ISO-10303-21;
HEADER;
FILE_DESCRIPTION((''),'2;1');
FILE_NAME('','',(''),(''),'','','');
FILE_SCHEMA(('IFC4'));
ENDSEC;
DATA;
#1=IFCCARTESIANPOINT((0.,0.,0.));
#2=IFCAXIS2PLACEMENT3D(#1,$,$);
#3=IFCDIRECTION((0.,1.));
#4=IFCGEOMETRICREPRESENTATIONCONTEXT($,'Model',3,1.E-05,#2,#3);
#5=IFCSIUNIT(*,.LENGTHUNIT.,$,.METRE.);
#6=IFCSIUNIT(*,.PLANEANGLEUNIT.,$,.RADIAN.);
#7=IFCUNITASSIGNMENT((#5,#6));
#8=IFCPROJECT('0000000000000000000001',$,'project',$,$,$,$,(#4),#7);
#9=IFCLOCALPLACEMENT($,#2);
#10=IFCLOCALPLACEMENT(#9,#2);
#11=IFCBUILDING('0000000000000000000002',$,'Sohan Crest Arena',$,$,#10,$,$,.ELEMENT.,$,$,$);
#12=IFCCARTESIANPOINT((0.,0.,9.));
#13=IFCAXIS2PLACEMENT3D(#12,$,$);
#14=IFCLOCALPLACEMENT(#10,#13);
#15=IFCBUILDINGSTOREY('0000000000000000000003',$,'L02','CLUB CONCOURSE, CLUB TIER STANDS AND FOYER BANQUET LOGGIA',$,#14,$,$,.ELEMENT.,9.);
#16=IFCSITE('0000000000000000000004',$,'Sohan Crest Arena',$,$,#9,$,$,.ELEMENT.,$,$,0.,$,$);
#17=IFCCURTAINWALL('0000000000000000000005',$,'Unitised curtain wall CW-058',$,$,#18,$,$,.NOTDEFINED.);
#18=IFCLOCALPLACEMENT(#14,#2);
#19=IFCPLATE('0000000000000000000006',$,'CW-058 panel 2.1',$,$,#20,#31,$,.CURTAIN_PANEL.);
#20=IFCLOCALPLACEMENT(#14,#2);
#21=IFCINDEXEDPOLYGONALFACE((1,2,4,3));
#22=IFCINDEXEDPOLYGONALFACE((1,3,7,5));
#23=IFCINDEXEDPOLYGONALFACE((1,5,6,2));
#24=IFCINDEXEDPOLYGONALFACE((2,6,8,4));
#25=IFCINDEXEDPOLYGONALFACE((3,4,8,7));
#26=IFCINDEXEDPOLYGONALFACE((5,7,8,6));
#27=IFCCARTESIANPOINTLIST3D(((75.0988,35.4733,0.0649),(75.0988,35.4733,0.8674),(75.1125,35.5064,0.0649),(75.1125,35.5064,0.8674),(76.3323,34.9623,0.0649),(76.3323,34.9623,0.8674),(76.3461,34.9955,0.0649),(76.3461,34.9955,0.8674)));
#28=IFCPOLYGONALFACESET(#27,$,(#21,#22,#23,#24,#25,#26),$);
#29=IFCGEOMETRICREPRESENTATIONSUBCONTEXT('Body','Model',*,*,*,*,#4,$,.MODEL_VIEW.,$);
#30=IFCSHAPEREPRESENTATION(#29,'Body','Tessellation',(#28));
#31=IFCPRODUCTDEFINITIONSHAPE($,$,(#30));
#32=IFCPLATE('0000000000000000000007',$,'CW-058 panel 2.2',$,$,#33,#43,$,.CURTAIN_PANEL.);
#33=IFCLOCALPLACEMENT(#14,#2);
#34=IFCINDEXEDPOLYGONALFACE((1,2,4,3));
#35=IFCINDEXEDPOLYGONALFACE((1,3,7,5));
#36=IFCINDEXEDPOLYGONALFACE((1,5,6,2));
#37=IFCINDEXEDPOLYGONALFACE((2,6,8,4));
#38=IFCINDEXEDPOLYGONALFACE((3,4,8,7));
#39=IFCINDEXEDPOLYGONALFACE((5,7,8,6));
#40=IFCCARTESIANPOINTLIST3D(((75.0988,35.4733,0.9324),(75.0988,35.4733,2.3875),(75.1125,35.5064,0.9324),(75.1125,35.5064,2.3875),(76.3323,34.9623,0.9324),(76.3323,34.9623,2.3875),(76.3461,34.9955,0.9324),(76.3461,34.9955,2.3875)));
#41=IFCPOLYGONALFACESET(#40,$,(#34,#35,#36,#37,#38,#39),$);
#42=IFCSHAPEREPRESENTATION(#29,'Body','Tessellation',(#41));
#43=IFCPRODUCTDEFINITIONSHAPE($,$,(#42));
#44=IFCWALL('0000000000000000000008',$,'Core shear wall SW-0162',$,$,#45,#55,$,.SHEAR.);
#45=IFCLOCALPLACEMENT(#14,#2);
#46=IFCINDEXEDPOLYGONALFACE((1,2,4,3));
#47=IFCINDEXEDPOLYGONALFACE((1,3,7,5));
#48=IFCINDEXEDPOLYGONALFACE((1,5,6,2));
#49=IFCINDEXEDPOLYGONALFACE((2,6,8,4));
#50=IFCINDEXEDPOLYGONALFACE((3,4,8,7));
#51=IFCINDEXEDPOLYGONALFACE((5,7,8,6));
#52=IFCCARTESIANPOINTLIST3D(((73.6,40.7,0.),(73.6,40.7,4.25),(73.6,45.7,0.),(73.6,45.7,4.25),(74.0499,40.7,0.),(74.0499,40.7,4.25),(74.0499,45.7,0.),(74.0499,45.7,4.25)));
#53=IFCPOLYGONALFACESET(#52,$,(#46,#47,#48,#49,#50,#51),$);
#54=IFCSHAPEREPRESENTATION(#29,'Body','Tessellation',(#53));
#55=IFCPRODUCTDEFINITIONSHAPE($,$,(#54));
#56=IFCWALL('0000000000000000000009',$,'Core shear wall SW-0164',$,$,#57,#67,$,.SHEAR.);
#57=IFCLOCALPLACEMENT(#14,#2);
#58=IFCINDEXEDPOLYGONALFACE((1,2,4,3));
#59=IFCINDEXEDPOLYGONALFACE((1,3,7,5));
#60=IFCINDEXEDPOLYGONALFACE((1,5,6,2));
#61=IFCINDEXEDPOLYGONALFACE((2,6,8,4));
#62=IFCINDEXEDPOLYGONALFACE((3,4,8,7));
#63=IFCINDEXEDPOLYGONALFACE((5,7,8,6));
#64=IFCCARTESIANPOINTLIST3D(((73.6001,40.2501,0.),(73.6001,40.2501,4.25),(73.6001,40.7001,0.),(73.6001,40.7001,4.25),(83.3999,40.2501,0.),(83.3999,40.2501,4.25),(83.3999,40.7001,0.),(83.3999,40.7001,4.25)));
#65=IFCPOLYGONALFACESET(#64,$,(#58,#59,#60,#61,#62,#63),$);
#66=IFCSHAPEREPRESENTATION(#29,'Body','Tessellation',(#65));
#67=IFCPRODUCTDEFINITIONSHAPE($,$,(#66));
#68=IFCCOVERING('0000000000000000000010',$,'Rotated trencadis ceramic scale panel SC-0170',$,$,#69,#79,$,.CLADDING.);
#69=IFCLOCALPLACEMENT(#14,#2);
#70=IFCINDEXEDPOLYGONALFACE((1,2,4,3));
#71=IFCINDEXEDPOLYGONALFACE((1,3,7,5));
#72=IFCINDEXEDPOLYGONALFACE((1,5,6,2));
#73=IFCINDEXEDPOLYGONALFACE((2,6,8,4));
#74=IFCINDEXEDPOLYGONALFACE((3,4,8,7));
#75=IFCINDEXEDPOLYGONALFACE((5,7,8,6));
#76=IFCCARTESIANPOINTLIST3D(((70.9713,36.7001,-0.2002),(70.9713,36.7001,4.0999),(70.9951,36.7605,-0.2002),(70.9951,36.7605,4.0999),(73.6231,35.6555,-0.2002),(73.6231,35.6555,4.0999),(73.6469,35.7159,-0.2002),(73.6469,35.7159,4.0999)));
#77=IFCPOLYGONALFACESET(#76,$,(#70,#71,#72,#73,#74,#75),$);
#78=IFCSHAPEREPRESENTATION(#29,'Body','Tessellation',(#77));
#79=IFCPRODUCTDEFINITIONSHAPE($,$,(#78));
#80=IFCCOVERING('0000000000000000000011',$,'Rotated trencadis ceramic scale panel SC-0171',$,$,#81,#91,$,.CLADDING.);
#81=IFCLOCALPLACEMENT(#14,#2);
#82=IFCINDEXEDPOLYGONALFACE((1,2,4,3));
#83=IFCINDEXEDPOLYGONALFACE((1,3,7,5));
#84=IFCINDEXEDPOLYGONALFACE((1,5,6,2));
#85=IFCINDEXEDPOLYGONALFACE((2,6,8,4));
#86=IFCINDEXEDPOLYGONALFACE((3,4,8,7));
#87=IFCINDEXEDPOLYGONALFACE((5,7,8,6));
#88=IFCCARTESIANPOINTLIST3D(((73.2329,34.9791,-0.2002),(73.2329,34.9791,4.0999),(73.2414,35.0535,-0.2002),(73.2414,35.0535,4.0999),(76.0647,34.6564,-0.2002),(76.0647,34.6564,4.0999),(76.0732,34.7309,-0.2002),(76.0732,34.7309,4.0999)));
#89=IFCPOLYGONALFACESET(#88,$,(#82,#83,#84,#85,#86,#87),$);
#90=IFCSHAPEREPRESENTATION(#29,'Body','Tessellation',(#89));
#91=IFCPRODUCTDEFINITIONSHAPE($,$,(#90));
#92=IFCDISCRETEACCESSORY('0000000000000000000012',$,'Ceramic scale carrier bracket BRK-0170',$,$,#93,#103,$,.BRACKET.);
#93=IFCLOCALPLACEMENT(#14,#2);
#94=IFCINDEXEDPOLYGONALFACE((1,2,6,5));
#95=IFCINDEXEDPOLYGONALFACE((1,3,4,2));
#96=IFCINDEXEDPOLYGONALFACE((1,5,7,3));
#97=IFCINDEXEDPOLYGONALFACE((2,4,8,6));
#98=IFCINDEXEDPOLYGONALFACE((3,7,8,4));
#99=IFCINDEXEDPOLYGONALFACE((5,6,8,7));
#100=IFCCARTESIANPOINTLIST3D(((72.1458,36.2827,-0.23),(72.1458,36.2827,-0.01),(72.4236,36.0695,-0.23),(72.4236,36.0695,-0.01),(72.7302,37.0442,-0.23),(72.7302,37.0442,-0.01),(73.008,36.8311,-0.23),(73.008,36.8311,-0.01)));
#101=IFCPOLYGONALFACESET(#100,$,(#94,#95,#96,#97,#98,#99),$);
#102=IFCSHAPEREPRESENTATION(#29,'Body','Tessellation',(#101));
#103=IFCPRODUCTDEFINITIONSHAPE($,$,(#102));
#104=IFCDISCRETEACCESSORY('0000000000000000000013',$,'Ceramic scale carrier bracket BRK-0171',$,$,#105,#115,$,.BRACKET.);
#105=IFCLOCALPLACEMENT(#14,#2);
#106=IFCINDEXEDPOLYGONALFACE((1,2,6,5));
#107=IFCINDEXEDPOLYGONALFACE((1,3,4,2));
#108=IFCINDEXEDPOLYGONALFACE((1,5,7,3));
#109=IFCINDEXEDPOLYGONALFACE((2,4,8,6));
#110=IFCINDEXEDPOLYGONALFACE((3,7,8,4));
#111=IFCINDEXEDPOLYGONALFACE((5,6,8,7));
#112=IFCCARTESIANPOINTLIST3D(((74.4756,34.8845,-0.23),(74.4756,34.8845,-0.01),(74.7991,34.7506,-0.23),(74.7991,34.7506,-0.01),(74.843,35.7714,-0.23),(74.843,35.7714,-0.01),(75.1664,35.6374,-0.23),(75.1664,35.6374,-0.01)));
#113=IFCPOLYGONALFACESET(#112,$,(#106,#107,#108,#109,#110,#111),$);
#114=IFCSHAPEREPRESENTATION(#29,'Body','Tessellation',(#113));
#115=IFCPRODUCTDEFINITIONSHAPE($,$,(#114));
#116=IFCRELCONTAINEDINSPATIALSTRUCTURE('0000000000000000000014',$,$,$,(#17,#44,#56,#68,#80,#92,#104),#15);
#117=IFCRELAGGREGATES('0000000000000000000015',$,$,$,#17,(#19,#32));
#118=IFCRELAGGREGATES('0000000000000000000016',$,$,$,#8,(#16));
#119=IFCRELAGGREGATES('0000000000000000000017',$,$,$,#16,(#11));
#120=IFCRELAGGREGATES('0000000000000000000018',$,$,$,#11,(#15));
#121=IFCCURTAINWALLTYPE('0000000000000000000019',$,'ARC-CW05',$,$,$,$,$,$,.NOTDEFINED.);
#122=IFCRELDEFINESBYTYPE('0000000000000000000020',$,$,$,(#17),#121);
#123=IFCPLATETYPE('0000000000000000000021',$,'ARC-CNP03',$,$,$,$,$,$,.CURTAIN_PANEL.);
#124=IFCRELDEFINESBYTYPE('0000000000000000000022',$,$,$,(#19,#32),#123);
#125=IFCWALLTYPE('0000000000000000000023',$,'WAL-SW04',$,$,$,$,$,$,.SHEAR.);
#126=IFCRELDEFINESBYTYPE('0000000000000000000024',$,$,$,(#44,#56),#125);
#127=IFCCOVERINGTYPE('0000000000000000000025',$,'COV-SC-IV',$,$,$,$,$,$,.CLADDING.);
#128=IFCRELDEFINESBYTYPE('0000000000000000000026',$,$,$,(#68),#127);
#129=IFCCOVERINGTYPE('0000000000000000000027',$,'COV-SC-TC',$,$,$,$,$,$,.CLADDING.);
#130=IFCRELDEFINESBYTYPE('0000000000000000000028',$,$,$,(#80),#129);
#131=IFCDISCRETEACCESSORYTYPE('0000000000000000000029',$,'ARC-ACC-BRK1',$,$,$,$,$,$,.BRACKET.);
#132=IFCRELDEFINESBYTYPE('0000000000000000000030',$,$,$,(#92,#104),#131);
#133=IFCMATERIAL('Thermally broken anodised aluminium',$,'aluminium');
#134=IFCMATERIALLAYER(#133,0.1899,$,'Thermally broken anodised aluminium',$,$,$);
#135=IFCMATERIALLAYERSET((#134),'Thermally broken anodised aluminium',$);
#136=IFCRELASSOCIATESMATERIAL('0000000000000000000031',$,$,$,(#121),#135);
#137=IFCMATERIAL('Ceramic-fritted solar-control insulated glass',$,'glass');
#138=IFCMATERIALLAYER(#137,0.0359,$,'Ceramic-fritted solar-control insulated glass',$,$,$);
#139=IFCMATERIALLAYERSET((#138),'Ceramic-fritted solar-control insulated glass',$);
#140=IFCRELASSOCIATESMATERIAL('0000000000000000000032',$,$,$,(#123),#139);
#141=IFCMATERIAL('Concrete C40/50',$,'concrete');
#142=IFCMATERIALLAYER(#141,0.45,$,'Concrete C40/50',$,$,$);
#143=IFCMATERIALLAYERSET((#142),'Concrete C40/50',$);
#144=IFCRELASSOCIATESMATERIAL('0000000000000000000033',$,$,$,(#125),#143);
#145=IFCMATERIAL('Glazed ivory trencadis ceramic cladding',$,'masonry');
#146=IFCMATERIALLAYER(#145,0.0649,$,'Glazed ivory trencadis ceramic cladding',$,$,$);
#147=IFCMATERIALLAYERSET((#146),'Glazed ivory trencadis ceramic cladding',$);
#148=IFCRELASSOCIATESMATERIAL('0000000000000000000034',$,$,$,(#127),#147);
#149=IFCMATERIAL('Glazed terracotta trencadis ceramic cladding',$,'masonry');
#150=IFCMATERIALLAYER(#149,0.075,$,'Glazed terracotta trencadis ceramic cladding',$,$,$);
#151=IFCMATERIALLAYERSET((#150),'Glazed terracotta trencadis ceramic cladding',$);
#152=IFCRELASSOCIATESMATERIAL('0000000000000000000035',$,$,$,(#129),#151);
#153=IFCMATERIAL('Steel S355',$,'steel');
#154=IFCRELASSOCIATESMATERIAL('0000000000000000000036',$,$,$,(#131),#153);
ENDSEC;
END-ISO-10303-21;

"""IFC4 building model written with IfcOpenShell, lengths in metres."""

from ifc_helpers import new_model, si_unit, direction, frame, frame_2d, origin, origin_2d, place, context, subcontext, project, spatial, rectangle, extrude, material, layer, layer_set, type_object, element, aggregate, save


model = new_model("IFC4")

# Units and contexts
model_context = context("Model", 3, precision=1e-05, world=origin(), true_north=direction((0.0, 1.0)))
body_context = subcontext(model_context, "Body", "Model", "MODEL_VIEW")
ifc_project = project(units=[si_unit("LENGTHUNIT", "METRE"), si_unit("PLANEANGLEUNIT", "RADIAN")], contexts=[model_context])

# Site, building, storey
site_placement = place(None, origin())
site = spatial("IfcSite", under=ifc_project, at=site_placement, Name="Sohan Crest Arena", CompositionType="ELEMENT", RefElevation=0.0)
building_placement = place(site_placement, origin())
building = spatial("IfcBuilding", under=site, at=building_placement, Name="Sohan Crest Arena", CompositionType="ELEMENT")
storey_placement = place(building_placement, frame((0.0, 0.0, 9.0)))
storey = spatial("IfcBuildingStorey", under=building, at=storey_placement, Name="L02", Description="CLUB CONCOURSE, CLUB TIER STANDS AND FOYER BANQUET LOGGIA", CompositionType="ELEMENT", Elevation=9.0)

# Shared definitions
ifc_material_1 = material(Name="Steel S355", Category="steel")

# Curtain wall
ifc_material_2 = material(Name="Thermally broken anodised aluminium", Category="aluminium")
ifc_layer_1 = layer(ifc_material_2, 0.1899, Name="Thermally broken anodised aluminium")
ifc_layer_set_1 = layer_set([ifc_layer_1], Name="Thermally broken anodised aluminium")
curtain_wall_type_1 = type_object("IfcCurtainWallType", Name="ARC-CW05", PredefinedType="NOTDEFINED", material=ifc_layer_set_1)
curtain_wall_1_placement = place(storey_placement, origin())
curtain_wall_1 = element("IfcCurtainWall", 1, at=curtain_wall_1_placement, inside=storey, type_object=curtain_wall_type_1, Name="Unitised curtain wall CW-058", PredefinedType="NOTDEFINED")

# Plates
ifc_material_3 = material(Name="Ceramic-fritted solar-control insulated glass", Category="glass")
ifc_layer_2 = layer(ifc_material_3, 0.0359, Name="Ceramic-fritted solar-control insulated glass")
ifc_layer_set_2 = layer_set([ifc_layer_2], Name="Ceramic-fritted solar-control insulated glass")
plate_type_1 = type_object("IfcPlateType", Name="ARC-CNP03", PredefinedType="CURTAIN_PANEL", material=ifc_layer_set_2)
plate_1_placement = place(storey_placement, frame((75.7224, 35.2344, 0.0649), z_axis=(0.0, 0.0, 1.0), x_axis=(0.923882, -0.382678, 0.0)))
plate_1 = element("IfcPlate", 2, at=plate_1_placement, type_object=plate_type_1, Name="CW-058 panel 2.1", PredefinedType="CURTAIN_PANEL", context=body_context, shape_type="SweptSolid", body=[
    extrude(rectangle(XDim=1.3352, YDim=0.0359, at=origin_2d()), origin(), (0.0, 0.0, 1.0), 0.8025),
])
plate_2_placement = place(storey_placement, frame((75.7224, 35.2344, 0.9324), z_axis=(0.0, 0.0, 1.0), x_axis=(0.923882, -0.382678, 0.0)))
plate_2 = element("IfcPlate", 3, at=plate_2_placement, type_object=plate_type_1, Name="CW-058 panel 2.2", PredefinedType="CURTAIN_PANEL", context=body_context, shape_type="SweptSolid", body=[
    extrude(rectangle(XDim=1.3352, YDim=0.0359, at=origin_2d()), origin(), (0.0, 0.0, 1.0), 1.4551),
])
aggregate(curtain_wall_1, [plate_1, plate_2])

# Walls
ifc_material_4 = material(Name="Concrete C40/50", Category="concrete")
ifc_layer_3 = layer(ifc_material_4, 0.45, Name="Concrete C40/50")
ifc_layer_set_3 = layer_set([ifc_layer_3], Name="Concrete C40/50")
wall_type = type_object("IfcWallType", Name="WAL-SW04", PredefinedType="SHEAR", material=ifc_layer_set_3)
wall_1_placement = place(storey_placement, frame((73.825, 40.7, 0.0), z_axis=(0.0, 0.0, 1.0), x_axis=(0.0, 1.0, 0.0)))
element("IfcWall", 4, at=wall_1_placement, inside=storey, type_object=wall_type, Name="Core shear wall SW-0162", PredefinedType="SHEAR", context=body_context, shape_type="SweptSolid", body=[
    extrude(rectangle(XDim=5.0, YDim=0.45, at=frame_2d((2.5, 0.0))), origin(), (0.0, 0.0, 1.0), 4.25),
])
wall_2_placement = place(storey_placement, frame((73.6001, 40.4751, 0.0), z_axis=(0.0, 0.0, 1.0), x_axis=(1.0, 0.0, 0.0)))
element("IfcWall", 5, at=wall_2_placement, inside=storey, type_object=wall_type, Name="Core shear wall SW-0164", PredefinedType="SHEAR", context=body_context, shape_type="SweptSolid", body=[
    extrude(rectangle(XDim=9.7998, YDim=0.45, at=frame_2d((4.8999, 0.0))), origin(), (0.0, 0.0, 1.0), 4.25),
])

# Coverings
ifc_material_5 = material(Name="Glazed ivory trencadis ceramic cladding", Category="masonry")
ifc_layer_4 = layer(ifc_material_5, 0.0649, Name="Glazed ivory trencadis ceramic cladding")
ifc_layer_set_4 = layer_set([ifc_layer_4], Name="Glazed ivory trencadis ceramic cladding")
covering_type_1 = type_object("IfcCoveringType", Name="COV-SC-IV", PredefinedType="CLADDING", material=ifc_layer_set_4)
covering_1_placement = place(storey_placement, frame((72.3091, 36.208, -0.2002), z_axis=(0.0, 0.0, 1.0), x_axis=(0.930418, -0.366501, 0.0)))
element("IfcCovering", 6, at=covering_1_placement, inside=storey, type_object=covering_type_1, Name="Rotated trencadis ceramic scale panel SC-0170", PredefinedType="CLADDING", context=body_context, shape_type="SweptSolid", body=[
    extrude(rectangle(XDim=2.8501, YDim=0.0649, at=origin_2d()), origin(), (0.0, 0.0, 1.0), 4.3),
])
ifc_material_6 = material(Name="Glazed terracotta trencadis ceramic cladding", Category="masonry")
ifc_layer_5 = layer(ifc_material_6, 0.075, Name="Glazed terracotta trencadis ceramic cladding")
ifc_layer_set_5 = layer_set([ifc_layer_5], Name="Glazed terracotta trencadis ceramic cladding")
covering_type_2 = type_object("IfcCoveringType", Name="COV-SC-TC", PredefinedType="CLADDING", material=ifc_layer_set_5)
covering_2_placement = place(storey_placement, frame((74.6531, 34.855, -0.2002), z_axis=(0.0, 0.0, 1.0), x_axis=(0.993572, -0.113203, 0.0)))
element("IfcCovering", 7, at=covering_2_placement, inside=storey, type_object=covering_type_2, Name="Rotated trencadis ceramic scale panel SC-0171", PredefinedType="CLADDING", context=body_context, shape_type="SweptSolid", body=[
    extrude(rectangle(XDim=2.8501, YDim=0.075, at=origin_2d()), origin(), (0.0, 0.0, 1.0), 4.3),
])

# Discrete accessories
discrete_accessory_type = type_object("IfcDiscreteAccessoryType", Name="ARC-ACC-BRK1", PredefinedType="BRACKET", material=ifc_material_1)
for number, where, z_axis, x_axis, name in (
    (8, (72.5769, 36.5569, -0.23), (0.0, 0.0, 1.0), (0.793353, -0.608761, 0.0), "Ceramic scale carrier bracket BRK-0170"),
    (9, (74.821, 35.261, -0.23), (0.0, 0.0, 1.0), (0.92388, -0.382683, 0.0), "Ceramic scale carrier bracket BRK-0171"),
):
    element("IfcDiscreteAccessory", number, at=place(storey_placement, frame(where, z_axis=z_axis, x_axis=x_axis)), inside=storey, type_object=discrete_accessory_type, Name=name, PredefinedType="BRACKET", context=body_context, shape_type="SweptSolid", body=[
        extrude(rectangle(XDim=0.3501, YDim=0.96, at=origin_2d()), origin(), (0.0, 0.0, 1.0), 0.22),
    ])

save(model, "model.ifc")
